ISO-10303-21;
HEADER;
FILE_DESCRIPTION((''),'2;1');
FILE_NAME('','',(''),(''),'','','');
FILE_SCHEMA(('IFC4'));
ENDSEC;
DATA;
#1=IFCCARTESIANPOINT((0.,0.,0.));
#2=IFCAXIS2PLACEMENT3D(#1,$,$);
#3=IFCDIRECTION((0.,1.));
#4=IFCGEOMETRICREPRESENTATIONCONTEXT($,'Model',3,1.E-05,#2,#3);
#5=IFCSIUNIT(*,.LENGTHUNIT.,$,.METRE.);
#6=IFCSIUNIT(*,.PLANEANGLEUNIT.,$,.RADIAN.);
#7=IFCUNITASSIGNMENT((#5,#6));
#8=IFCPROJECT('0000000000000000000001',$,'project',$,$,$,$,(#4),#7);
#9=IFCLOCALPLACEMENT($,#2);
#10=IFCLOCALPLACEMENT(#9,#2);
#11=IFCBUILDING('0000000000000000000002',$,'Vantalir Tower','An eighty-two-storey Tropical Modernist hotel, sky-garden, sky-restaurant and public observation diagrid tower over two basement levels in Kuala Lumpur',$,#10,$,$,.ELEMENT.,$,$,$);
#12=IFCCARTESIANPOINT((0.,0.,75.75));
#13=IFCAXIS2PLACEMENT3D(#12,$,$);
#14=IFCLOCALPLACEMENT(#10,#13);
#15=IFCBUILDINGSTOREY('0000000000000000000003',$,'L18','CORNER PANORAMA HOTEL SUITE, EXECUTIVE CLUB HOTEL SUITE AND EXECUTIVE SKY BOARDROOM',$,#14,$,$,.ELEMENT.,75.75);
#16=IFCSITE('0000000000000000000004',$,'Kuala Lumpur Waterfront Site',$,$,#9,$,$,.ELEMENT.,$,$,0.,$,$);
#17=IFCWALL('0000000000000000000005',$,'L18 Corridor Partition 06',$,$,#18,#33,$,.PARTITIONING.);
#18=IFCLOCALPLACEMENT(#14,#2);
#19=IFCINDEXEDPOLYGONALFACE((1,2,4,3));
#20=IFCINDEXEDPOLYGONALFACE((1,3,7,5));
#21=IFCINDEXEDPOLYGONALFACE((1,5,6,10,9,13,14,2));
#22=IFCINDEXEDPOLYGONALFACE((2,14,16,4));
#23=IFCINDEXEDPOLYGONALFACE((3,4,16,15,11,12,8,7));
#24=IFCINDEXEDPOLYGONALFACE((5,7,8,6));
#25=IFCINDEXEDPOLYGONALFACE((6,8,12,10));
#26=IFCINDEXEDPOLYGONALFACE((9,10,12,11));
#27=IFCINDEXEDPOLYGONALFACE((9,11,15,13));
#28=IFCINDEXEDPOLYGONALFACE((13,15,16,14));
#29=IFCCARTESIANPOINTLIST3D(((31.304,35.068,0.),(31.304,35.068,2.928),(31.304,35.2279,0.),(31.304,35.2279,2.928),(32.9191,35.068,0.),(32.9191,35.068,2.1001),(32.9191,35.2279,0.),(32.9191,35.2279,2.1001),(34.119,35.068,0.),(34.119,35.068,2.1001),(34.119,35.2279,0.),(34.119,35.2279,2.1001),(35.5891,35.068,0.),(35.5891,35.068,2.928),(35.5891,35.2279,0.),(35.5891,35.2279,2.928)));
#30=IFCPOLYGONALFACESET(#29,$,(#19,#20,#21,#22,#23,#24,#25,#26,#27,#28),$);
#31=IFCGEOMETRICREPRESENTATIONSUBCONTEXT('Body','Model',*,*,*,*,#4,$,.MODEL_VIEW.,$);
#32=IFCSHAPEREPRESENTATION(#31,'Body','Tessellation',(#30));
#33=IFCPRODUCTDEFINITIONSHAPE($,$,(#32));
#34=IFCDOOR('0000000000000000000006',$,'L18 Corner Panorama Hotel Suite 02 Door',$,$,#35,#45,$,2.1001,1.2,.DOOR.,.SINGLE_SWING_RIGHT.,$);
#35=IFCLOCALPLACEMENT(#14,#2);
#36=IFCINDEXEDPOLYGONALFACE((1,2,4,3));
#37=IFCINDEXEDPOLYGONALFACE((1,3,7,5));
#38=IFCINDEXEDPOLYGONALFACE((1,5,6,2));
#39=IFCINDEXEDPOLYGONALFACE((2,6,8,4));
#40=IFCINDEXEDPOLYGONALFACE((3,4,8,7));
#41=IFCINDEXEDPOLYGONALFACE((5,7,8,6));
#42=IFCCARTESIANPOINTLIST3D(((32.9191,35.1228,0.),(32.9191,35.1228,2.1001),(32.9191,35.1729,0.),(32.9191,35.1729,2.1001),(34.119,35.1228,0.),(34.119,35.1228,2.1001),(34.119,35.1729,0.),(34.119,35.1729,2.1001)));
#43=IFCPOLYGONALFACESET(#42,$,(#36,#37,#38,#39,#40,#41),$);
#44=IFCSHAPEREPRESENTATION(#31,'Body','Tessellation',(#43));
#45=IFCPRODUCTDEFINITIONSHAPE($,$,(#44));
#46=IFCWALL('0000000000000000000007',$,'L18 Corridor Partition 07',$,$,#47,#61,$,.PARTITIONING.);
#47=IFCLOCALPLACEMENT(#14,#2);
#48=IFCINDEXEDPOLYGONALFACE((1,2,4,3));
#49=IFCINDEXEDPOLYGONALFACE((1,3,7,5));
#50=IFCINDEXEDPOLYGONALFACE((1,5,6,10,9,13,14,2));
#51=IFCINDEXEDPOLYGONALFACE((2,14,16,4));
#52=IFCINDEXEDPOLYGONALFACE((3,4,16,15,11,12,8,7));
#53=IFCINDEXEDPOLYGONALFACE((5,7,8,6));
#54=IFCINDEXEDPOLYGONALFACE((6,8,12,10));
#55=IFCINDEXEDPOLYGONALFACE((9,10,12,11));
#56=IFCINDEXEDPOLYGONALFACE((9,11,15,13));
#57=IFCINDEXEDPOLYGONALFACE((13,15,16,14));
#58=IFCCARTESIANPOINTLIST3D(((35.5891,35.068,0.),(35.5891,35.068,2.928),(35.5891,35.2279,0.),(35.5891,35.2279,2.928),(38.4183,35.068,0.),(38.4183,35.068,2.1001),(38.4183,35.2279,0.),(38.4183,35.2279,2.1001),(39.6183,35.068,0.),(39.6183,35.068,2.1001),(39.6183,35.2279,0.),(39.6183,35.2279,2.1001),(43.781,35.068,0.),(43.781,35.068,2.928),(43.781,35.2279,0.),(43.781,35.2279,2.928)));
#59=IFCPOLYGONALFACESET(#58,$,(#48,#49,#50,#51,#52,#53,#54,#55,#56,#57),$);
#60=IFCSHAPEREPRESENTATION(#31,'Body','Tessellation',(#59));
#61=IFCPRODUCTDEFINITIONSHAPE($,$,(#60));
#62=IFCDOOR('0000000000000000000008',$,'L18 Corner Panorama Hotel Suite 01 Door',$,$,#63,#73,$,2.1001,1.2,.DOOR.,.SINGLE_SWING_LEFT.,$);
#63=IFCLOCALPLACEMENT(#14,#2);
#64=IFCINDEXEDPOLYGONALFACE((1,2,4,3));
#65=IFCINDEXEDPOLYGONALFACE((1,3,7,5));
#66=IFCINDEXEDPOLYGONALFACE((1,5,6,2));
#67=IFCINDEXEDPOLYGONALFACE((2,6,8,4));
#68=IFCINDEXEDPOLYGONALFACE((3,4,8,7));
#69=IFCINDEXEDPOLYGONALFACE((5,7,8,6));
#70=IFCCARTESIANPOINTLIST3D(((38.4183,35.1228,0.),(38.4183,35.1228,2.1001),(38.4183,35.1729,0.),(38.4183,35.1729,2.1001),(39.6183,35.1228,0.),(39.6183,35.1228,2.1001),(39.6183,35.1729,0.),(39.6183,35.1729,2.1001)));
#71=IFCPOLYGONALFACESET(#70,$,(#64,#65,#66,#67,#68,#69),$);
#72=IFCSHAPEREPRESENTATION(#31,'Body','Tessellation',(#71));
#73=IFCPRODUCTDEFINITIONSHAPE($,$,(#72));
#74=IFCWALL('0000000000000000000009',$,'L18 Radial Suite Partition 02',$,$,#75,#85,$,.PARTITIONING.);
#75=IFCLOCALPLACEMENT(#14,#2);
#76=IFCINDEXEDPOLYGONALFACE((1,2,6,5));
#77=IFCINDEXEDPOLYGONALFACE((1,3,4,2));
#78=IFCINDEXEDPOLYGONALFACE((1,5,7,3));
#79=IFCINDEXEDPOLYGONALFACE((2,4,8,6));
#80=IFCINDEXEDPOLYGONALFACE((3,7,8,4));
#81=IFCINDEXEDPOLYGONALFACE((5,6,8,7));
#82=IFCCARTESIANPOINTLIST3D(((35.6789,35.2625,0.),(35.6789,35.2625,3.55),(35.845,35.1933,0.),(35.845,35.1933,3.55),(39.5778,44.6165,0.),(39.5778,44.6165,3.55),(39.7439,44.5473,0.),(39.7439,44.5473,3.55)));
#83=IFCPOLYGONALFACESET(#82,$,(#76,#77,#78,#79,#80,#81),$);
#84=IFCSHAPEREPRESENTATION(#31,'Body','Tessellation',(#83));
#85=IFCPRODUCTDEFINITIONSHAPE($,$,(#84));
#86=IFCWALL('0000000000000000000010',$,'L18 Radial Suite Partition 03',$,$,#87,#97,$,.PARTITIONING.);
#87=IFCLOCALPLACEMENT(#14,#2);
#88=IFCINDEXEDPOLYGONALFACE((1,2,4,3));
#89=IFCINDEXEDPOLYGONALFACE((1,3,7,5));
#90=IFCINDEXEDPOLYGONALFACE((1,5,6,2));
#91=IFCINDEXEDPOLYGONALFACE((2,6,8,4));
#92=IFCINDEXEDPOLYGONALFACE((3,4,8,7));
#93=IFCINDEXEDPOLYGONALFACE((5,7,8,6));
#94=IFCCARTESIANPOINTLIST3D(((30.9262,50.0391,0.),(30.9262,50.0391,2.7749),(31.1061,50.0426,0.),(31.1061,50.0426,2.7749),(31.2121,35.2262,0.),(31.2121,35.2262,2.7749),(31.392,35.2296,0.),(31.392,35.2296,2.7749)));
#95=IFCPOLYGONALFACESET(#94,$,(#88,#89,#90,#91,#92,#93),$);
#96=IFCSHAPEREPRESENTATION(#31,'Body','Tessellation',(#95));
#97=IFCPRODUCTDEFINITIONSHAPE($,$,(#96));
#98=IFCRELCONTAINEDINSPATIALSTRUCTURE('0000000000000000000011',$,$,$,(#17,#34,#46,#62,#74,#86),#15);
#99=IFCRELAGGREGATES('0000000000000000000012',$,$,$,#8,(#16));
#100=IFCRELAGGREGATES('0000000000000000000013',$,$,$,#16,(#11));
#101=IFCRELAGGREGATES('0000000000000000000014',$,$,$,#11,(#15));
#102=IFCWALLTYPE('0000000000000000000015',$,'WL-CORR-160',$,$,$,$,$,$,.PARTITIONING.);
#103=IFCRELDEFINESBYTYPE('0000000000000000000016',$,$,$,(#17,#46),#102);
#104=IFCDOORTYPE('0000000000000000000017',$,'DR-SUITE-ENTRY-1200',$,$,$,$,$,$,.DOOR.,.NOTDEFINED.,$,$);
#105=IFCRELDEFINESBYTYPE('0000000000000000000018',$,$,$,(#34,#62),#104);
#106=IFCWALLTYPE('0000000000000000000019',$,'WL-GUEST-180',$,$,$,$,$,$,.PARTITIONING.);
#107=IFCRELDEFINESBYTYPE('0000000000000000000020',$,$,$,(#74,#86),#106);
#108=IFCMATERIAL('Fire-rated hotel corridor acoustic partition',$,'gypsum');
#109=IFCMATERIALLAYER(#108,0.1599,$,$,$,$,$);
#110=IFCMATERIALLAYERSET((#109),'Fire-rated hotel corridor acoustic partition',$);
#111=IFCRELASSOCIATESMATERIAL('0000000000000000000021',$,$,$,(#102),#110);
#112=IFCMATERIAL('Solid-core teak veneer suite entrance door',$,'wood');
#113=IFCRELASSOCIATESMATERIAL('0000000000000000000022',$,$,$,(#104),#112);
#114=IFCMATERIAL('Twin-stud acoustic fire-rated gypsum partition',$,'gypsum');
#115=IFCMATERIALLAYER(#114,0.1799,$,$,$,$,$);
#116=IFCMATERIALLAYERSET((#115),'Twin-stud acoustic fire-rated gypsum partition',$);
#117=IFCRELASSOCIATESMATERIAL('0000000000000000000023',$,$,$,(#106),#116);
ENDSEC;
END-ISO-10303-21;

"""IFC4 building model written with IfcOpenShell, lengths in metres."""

from ifc_helpers import new_model, si_unit, direction, frame, frame_2d, origin, place, context, subcontext, project, spatial, rectangle, extrude, material, layer, layer_set, type_object, element, fill, save


model = new_model("IFC4")

# Units and contexts
model_context = context("Model", 3, precision=1e-05, world=origin(), true_north=direction((0.0, 1.0)))
body_context = subcontext(model_context, "Body", "Model", "MODEL_VIEW")
ifc_project = project(units=[si_unit("LENGTHUNIT", "METRE"), si_unit("PLANEANGLEUNIT", "RADIAN")], contexts=[model_context])

# Site, building, storey
site_placement = place(None, origin())
site = spatial("IfcSite", under=ifc_project, at=site_placement, Name="Kuala Lumpur Waterfront Site", CompositionType="ELEMENT", RefElevation=0.0)
building_placement = place(site_placement, origin())
building = spatial("IfcBuilding", under=site, at=building_placement, Name="Vantalir Tower", Description="An eighty-two-storey Tropical Modernist hotel, sky-garden, sky-restaurant and public observation diagrid tower over two basement levels in Kuala Lumpur", CompositionType="ELEMENT")
storey_placement = place(building_placement, frame((0.0, 0.0, 75.75)))
storey = spatial("IfcBuildingStorey", under=building, at=storey_placement, Name="L18", Description="CORNER PANORAMA HOTEL SUITE, EXECUTIVE CLUB HOTEL SUITE AND EXECUTIVE SKY BOARDROOM", CompositionType="ELEMENT", Elevation=75.75)

# Walls, openings, doors
ifc_material_1 = material(Name="Fire-rated hotel corridor acoustic partition", Category="gypsum")
ifc_layer_1 = layer(ifc_material_1, 0.1599)
ifc_layer_set_1 = layer_set([ifc_layer_1], Name="Fire-rated hotel corridor acoustic partition")
wall_type_1 = type_object("IfcWallType", Name="WL-CORR-160", PredefinedType="PARTITIONING", material=ifc_layer_set_1)
wall_1_placement = place(storey_placement, frame((31.304, 35.1479, 0.0), z_axis=(0.0, 0.0, 1.0), x_axis=(1.0, 0.0, 0.0)))
wall_1 = element("IfcWall", 1, at=wall_1_placement, inside=storey, type_object=wall_type_1, Name="L18 Corridor Partition 06", PredefinedType="PARTITIONING", context=body_context, shape_type="SweptSolid", body=[
    extrude(rectangle(XDim=4.2852, YDim=0.1599, at=frame_2d((2.1426, 0.0))), origin(), (0.0, 0.0, 1.0), 2.928),
])
opening_1_placement = place(wall_1_placement, frame((1.615, 0.0, 0.0)))
opening_1 = element("IfcOpeningElement", 2, at=opening_1_placement, cuts=wall_1, PredefinedType="OPENING", context=body_context, shape_type="SweptSolid", body=[
    extrude(rectangle(XDim=1.2, YDim=2.1001, at=frame_2d((0.6001, 1.05))), frame((0.0, 0.0898, 0.0), z_axis=(0.0, -1.0, 0.0), x_axis=(1.0, 0.0, 0.0)), (0.0, 0.0, 1.0), 0.1799),
])
ifc_material_2 = material(Name="Solid-core teak veneer suite entrance door", Category="wood")
door_type_1 = type_object("IfcDoorType", Name="DR-SUITE-ENTRY-1200", OperationType="NOTDEFINED", PredefinedType="DOOR", material=ifc_material_2)
door_1_placement = place(opening_1_placement, origin())
door_1 = element("IfcDoor", 3, at=door_1_placement, inside=storey, type_object=door_type_1, Name="L18 Corner Panorama Hotel Suite 02 Door", OperationType="SINGLE_SWING_RIGHT", OverallHeight=2.1001, OverallWidth=1.2, PredefinedType="DOOR", context=body_context, shape_type="SweptSolid", body=[
    extrude(rectangle(XDim=1.2, YDim=2.1001, at=frame_2d((0.6001, 1.05))), frame((0.0, 0.0249, 0.0), z_axis=(0.0, -1.0, 0.0), x_axis=(1.0, 0.0, 0.0)), (0.0, 0.0, 1.0), 0.05),
])
fill(opening_1, door_1)
wall_2_placement = place(storey_placement, frame((35.5891, 35.1479, 0.0), z_axis=(0.0, 0.0, 1.0), x_axis=(1.0, 0.0, 0.0)))
wall_2 = element("IfcWall", 4, at=wall_2_placement, inside=storey, type_object=wall_type_1, Name="L18 Corridor Partition 07", PredefinedType="PARTITIONING", context=body_context, shape_type="SweptSolid", body=[
    extrude(rectangle(XDim=8.1919, YDim=0.1599, at=frame_2d((4.0959, 0.0))), origin(), (0.0, 0.0, 1.0), 2.928),
])
opening_2_placement = place(wall_2_placement, frame((2.8291, 0.0, 0.0)))
opening_2 = element("IfcOpeningElement", 5, at=opening_2_placement, cuts=wall_2, PredefinedType="OPENING", context=body_context, shape_type="SweptSolid", body=[
    extrude(rectangle(XDim=1.2, YDim=2.1001, at=frame_2d((0.6001, 1.05))), frame((0.0, 0.0898, 0.0), z_axis=(0.0, -1.0, 0.0), x_axis=(1.0, 0.0, 0.0)), (0.0, 0.0, 1.0), 0.1799),
])
door_2_placement = place(opening_2_placement, origin())
door_2 = element("IfcDoor", 6, at=door_2_placement, inside=storey, type_object=door_type_1, Name="L18 Corner Panorama Hotel Suite 01 Door", OperationType="SINGLE_SWING_LEFT", OverallHeight=2.1001, OverallWidth=1.2, PredefinedType="DOOR", context=body_context, shape_type="SweptSolid", body=[
    extrude(rectangle(XDim=1.2, YDim=2.1001, at=frame_2d((0.6001, 1.05))), frame((0.0, 0.0249, 0.0), z_axis=(0.0, -1.0, 0.0), x_axis=(1.0, 0.0, 0.0)), (0.0, 0.0, 1.0), 0.05),
])
fill(opening_2, door_2)

# Walls
ifc_material_3 = material(Name="Twin-stud acoustic fire-rated gypsum partition", Category="gypsum")
ifc_layer_2 = layer(ifc_material_3, 0.1799)
ifc_layer_set_2 = layer_set([ifc_layer_2], Name="Twin-stud acoustic fire-rated gypsum partition")
wall_type_2 = type_object("IfcWallType", Name="WL-GUEST-180", PredefinedType="PARTITIONING", material=ifc_layer_set_2)
wall_3_placement = place(storey_placement, frame((35.762, 35.228, 0.0), z_axis=(0.0, 0.0, 1.0), x_axis=(0.384735, 0.923027, 0.0)))
element("IfcWall", 7, at=wall_3_placement, inside=storey, type_object=wall_type_2, Name="L18 Radial Suite Partition 02", PredefinedType="PARTITIONING", context=body_context, shape_type="SweptSolid", body=[
    extrude(rectangle(XDim=10.134, YDim=0.1799, at=frame_2d((5.0669, 0.0))), origin(), (0.0, 0.0, 1.0), 3.55),
])
wall_4_placement = place(storey_placement, frame((31.302, 35.228, 0.0), z_axis=(0.0, 0.0, 1.0), x_axis=(-0.019296, 0.999814, 0.0)))
element("IfcWall", 8, at=wall_4_placement, inside=storey, type_object=wall_type_2, Name="L18 Radial Suite Partition 03", PredefinedType="PARTITIONING", context=body_context, shape_type="SweptSolid", body=[
    extrude(rectangle(XDim=14.8157, YDim=0.1799, at=frame_2d((7.4077, 0.0))), origin(), (0.0, 0.0, 1.0), 2.7749),
])

save(model, "model.ifc")
